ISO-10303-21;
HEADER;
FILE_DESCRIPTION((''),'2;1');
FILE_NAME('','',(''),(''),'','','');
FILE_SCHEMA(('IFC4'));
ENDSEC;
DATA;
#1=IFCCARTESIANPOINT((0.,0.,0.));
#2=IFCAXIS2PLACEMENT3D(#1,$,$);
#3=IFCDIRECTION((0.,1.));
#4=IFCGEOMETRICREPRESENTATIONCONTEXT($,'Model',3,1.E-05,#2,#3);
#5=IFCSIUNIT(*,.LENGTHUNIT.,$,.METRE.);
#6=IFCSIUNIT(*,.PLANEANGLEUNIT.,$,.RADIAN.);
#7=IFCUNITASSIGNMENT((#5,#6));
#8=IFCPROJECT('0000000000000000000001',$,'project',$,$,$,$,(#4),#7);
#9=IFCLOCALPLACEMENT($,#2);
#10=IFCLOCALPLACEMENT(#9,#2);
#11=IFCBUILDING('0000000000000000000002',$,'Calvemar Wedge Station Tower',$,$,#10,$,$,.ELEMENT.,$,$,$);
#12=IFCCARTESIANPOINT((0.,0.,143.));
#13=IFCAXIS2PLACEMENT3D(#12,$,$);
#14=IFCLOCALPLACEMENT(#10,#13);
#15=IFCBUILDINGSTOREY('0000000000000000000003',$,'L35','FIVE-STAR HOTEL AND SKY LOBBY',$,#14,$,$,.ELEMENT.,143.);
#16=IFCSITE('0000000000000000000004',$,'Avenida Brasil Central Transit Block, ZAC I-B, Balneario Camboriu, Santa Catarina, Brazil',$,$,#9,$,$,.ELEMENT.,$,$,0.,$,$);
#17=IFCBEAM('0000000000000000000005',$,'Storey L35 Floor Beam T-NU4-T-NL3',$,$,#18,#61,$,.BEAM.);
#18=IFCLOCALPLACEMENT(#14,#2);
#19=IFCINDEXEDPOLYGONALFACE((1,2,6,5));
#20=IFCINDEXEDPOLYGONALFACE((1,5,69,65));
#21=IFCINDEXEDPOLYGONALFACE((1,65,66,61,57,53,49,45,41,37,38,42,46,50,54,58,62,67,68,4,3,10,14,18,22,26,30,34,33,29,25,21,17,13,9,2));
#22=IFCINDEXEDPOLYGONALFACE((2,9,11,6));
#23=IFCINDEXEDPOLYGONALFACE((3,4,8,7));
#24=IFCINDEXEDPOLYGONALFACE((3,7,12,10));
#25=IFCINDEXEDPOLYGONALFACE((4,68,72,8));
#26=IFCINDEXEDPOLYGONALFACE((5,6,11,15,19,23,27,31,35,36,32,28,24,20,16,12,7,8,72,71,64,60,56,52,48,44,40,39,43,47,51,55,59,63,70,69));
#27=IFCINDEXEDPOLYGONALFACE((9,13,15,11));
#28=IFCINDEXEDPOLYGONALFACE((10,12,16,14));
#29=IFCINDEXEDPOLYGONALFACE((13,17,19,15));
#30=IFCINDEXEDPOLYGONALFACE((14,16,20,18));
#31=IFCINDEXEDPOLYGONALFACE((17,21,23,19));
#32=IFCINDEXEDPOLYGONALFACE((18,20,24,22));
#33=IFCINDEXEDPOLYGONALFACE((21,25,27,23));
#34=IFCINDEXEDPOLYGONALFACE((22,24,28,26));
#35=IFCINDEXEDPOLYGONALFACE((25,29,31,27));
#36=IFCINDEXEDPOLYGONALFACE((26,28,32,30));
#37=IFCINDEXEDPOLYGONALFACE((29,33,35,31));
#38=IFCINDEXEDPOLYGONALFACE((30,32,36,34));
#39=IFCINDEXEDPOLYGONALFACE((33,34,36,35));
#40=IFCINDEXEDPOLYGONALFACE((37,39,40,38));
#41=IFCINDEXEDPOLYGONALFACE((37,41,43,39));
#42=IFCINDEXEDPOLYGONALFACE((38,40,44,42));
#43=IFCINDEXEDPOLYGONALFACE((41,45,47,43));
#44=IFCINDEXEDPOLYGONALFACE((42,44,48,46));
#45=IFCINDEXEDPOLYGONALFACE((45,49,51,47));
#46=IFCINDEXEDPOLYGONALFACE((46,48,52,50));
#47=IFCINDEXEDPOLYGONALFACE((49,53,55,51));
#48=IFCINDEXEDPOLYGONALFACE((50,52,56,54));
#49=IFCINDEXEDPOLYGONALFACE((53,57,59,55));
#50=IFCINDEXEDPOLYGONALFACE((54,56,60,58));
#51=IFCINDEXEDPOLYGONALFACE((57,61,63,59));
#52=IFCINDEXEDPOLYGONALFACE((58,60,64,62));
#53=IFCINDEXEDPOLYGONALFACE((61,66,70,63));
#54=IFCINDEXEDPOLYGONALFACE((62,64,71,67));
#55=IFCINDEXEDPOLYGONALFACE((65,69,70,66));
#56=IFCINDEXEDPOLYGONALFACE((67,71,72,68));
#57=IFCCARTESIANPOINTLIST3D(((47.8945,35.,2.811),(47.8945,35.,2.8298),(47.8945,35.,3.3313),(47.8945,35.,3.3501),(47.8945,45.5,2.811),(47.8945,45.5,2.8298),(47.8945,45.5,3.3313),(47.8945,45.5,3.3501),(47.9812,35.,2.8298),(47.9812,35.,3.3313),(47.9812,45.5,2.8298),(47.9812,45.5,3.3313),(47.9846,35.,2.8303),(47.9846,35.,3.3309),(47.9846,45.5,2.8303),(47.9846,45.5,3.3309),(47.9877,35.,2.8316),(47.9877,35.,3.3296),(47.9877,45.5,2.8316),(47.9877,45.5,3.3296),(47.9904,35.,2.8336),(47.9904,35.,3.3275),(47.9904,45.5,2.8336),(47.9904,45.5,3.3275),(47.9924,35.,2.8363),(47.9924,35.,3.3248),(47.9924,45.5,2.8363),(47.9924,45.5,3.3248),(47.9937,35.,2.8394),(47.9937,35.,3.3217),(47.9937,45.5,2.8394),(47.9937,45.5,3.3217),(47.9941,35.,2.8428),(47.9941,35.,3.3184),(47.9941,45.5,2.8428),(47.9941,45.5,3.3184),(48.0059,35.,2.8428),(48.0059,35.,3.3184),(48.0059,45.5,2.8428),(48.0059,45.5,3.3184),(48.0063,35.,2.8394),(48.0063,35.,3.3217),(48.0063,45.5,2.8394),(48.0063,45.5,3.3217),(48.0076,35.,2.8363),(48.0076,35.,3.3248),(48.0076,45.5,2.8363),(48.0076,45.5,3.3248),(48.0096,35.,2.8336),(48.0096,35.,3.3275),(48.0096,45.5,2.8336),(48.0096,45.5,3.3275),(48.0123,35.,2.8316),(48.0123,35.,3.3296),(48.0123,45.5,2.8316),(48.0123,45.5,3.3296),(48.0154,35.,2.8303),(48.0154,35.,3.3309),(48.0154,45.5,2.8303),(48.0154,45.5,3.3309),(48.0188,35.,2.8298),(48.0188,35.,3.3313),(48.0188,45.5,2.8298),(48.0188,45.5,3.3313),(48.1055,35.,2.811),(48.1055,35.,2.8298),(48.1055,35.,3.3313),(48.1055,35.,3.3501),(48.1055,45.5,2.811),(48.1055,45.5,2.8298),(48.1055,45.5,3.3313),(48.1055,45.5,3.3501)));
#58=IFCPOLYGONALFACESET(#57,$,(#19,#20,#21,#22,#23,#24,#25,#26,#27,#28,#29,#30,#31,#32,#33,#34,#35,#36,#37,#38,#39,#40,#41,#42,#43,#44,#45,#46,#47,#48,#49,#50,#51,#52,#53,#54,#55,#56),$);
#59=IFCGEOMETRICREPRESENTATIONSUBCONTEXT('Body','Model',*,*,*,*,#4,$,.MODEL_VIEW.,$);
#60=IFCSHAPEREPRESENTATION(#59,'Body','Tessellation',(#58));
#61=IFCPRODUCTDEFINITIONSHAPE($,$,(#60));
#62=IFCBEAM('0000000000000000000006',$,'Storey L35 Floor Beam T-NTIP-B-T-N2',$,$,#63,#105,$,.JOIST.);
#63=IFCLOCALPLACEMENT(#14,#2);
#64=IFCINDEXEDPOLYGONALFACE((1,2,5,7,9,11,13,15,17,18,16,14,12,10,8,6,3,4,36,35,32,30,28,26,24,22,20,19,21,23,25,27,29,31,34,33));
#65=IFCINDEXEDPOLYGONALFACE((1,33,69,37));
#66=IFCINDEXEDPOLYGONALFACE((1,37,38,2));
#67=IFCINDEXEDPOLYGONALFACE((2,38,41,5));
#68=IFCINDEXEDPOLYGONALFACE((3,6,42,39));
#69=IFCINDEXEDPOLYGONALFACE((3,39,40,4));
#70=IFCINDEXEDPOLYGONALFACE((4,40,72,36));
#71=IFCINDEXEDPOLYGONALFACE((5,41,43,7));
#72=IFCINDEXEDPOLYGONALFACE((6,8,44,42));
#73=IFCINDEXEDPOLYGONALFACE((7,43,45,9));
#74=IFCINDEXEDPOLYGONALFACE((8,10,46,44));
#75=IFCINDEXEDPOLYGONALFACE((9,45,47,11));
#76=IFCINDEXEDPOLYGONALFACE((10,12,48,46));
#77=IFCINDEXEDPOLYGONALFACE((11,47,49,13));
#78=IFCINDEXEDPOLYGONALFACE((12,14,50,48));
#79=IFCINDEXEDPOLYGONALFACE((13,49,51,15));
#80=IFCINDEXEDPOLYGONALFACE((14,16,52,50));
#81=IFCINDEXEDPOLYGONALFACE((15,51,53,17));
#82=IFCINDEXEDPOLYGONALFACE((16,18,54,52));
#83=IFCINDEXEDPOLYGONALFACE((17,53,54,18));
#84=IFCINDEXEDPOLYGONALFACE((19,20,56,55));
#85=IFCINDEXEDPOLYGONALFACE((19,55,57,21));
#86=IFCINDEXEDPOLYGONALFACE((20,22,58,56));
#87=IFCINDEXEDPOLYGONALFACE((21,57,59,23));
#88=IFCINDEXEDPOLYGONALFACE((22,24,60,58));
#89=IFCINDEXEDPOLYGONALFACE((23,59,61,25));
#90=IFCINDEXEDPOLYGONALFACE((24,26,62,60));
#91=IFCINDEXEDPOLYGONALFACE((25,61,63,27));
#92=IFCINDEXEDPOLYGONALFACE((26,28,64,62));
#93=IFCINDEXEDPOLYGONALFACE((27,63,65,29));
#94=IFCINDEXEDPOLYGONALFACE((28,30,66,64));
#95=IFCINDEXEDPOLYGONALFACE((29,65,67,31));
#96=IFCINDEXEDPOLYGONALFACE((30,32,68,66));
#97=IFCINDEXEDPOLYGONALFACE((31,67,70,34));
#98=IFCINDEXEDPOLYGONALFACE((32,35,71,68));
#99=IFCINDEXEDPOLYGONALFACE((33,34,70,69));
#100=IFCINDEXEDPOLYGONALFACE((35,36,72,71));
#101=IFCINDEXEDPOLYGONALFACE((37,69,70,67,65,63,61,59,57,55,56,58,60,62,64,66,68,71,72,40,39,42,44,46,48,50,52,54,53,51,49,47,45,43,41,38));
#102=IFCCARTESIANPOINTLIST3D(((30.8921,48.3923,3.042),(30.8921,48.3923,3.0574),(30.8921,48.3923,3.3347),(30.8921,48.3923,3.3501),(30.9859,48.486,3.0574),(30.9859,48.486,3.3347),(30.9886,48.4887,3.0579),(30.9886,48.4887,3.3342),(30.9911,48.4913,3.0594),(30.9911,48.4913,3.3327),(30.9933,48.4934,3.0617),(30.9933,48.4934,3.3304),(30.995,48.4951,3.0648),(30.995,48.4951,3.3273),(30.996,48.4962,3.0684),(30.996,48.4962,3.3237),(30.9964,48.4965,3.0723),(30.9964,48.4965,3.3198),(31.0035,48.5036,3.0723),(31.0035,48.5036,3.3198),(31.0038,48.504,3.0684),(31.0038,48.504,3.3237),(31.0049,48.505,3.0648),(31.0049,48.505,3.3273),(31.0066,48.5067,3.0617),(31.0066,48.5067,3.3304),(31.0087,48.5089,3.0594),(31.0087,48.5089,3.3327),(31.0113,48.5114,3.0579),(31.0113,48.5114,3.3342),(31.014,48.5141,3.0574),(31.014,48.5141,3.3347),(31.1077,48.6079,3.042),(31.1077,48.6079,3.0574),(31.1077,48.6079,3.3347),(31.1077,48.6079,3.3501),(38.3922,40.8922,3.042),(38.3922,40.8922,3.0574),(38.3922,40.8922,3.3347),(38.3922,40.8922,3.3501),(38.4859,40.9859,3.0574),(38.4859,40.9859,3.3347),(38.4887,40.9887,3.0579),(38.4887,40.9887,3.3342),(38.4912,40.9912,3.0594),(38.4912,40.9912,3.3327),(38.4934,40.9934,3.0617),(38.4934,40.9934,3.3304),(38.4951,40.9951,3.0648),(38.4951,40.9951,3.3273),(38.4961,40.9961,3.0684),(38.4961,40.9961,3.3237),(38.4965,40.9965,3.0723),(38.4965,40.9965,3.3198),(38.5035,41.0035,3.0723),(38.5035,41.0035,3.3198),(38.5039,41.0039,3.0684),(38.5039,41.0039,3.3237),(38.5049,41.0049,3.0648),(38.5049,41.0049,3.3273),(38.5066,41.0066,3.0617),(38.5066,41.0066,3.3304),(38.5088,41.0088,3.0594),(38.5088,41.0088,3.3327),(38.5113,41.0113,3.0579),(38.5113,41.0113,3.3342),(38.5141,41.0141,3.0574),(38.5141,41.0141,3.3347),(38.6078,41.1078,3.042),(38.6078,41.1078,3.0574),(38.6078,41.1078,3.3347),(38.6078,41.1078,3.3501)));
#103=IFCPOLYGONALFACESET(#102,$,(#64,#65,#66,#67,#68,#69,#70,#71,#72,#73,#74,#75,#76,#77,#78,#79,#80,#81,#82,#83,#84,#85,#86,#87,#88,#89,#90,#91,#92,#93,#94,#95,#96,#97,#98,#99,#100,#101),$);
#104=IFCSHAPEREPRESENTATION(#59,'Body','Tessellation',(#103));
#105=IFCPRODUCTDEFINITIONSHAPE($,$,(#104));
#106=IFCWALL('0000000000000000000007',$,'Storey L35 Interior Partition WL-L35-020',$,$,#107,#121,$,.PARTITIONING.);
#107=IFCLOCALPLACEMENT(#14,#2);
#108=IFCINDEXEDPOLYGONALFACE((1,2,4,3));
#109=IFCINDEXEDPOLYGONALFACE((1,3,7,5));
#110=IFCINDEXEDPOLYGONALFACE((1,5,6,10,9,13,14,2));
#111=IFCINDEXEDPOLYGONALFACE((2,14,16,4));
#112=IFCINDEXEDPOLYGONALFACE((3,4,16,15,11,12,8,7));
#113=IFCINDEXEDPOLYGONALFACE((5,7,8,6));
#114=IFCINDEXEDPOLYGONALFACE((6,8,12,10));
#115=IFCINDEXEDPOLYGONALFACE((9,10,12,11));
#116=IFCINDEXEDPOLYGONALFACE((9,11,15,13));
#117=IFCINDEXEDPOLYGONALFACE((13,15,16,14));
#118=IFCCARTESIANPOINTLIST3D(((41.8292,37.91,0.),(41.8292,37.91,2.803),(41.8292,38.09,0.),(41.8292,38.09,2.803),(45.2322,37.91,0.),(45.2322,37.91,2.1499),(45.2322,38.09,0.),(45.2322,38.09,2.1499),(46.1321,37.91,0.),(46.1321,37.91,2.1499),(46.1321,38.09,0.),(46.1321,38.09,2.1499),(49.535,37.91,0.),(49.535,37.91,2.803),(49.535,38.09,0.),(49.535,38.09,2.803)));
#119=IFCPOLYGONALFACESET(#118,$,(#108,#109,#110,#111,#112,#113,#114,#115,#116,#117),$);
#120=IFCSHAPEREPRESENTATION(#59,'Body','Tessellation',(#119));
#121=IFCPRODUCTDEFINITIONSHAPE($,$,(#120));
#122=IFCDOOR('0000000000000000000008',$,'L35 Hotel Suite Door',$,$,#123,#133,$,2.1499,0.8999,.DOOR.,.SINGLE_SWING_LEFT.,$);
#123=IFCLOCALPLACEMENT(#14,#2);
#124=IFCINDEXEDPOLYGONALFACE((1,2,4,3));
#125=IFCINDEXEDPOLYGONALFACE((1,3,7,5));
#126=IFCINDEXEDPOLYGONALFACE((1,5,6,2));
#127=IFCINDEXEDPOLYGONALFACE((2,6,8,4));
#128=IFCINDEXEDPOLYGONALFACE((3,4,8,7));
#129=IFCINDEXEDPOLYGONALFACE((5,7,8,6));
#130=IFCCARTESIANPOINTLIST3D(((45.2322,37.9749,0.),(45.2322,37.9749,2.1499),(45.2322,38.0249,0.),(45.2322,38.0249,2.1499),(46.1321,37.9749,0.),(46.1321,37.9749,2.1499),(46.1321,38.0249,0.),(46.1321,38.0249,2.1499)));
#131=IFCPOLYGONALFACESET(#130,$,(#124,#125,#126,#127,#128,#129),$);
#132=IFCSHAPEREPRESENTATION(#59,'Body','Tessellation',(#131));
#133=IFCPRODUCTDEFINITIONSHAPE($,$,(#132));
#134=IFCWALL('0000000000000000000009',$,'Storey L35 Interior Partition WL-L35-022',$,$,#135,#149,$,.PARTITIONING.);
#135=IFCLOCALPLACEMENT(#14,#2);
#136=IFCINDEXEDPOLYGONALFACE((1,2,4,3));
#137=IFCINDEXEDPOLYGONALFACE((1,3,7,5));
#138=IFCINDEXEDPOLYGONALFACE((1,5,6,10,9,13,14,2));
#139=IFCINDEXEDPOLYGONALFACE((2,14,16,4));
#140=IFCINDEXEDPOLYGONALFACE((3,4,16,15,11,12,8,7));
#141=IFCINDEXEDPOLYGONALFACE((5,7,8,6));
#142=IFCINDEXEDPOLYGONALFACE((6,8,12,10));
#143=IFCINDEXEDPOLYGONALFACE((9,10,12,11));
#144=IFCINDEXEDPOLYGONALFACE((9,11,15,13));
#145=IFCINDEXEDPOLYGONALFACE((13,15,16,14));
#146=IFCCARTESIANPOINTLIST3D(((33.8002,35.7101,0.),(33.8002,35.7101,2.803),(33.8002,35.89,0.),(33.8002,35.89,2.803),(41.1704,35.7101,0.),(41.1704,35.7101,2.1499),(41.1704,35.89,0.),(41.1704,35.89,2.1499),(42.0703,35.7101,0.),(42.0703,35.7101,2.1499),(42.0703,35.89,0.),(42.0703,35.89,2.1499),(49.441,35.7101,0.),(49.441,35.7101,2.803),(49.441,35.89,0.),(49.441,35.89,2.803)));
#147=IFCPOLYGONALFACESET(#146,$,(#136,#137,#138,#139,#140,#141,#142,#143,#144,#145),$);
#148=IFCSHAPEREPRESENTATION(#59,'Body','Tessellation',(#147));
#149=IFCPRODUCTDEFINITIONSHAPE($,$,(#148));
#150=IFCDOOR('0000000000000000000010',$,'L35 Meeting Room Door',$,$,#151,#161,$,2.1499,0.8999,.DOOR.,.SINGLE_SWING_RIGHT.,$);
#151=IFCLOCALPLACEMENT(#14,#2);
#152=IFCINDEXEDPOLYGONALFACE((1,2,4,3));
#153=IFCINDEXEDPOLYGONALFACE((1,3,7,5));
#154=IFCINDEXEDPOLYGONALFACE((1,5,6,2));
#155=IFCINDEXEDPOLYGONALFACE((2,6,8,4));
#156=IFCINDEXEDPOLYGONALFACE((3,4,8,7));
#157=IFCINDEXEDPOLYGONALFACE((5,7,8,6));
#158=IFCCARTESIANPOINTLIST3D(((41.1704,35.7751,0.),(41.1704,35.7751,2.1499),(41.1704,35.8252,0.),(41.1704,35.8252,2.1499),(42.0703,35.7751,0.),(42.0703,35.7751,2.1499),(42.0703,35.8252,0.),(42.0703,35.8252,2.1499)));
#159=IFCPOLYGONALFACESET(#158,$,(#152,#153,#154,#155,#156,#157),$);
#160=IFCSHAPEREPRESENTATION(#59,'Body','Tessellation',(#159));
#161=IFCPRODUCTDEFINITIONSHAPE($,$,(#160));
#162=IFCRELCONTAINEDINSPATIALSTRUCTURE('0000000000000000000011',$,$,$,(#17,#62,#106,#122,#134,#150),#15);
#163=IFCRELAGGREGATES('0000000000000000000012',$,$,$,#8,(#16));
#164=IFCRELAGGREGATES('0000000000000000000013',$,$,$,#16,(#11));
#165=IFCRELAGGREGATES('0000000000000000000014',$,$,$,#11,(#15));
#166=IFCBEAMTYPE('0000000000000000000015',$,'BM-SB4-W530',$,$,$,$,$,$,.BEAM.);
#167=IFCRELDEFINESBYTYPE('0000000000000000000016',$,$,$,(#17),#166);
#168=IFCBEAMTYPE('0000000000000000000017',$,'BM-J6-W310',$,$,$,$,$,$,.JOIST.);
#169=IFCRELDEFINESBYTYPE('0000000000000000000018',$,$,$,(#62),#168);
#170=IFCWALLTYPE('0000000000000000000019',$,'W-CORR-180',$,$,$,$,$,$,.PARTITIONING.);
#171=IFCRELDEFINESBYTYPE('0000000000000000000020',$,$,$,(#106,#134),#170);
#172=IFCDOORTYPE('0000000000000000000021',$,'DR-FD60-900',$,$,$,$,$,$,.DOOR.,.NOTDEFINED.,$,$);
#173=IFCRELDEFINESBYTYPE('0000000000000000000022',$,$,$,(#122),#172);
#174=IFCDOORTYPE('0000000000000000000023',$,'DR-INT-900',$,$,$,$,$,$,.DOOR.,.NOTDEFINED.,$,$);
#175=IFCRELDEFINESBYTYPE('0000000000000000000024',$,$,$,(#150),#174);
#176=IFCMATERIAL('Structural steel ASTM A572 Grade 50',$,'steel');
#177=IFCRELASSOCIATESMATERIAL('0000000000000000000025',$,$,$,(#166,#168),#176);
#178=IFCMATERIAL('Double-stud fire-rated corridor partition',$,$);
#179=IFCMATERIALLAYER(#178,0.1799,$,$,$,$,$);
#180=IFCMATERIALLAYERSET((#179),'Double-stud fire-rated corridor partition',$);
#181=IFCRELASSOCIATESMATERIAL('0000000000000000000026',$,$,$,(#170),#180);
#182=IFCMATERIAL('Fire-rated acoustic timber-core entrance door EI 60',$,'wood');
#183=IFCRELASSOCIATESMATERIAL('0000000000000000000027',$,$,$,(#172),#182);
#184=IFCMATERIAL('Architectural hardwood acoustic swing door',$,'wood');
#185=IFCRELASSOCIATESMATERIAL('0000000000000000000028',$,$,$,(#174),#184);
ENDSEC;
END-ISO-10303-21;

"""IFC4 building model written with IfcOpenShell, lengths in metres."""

from ifc_helpers import new_model, si_unit, direction, frame, frame_2d, origin, origin_2d, place, context, subcontext, project, spatial, rectangle, i_section, extrude, source, transform, mapped, material, layer, layer_set, material_profile, profile_set, type_object, element, fill, save


model = new_model("IFC4")

# Units and contexts
model_context = context("Model", 3, precision=1e-05, world=origin(), true_north=direction((0.0, 1.0)))
body_context = subcontext(model_context, "Body", "Model", "MODEL_VIEW")
ifc_project = project(units=[si_unit("LENGTHUNIT", "METRE"), si_unit("PLANEANGLEUNIT", "RADIAN")], contexts=[model_context])

# Site, building, storey
site_placement = place(None, origin())
site = spatial("IfcSite", under=ifc_project, at=site_placement, Name="Avenida Brasil Central Transit Block, ZAC I-B, Balneario Camboriu, Santa Catarina, Brazil", CompositionType="ELEMENT", RefElevation=0.0)
building_placement = place(site_placement, origin())
building = spatial("IfcBuilding", under=site, at=building_placement, Name="Calvemar Wedge Station Tower", CompositionType="ELEMENT")
storey_placement = place(building_placement, frame((0.0, 0.0, 143.0)))
storey = spatial("IfcBuildingStorey", under=building, at=storey_placement, Name="L35", Description="FIVE-STAR HOTEL AND SKY LOBBY", CompositionType="ELEMENT", Elevation=143.0)

# Shared definitions
ifc_material_1 = material(Name="Structural steel ASTM A572 Grade 50", Category="steel")

# Beams
ifc_material_profile_1 = material_profile(ifc_material_1, i_section(OverallWidth=0.2109, OverallDepth=0.5391, WebThickness=0.0117, FlangeThickness=0.0188, FilletRadius=0.0129, at=origin_2d()), Name="W530x109")
ifc_profile_set_1 = profile_set([ifc_material_profile_1], Name="Structural steel ASTM A572 Grade 50")
beam_type_1 = type_object("IfcBeamType", Name="BM-SB4-W530", PredefinedType="BEAM", material=ifc_profile_set_1)
shared_shape_1 = source(origin(), body_context, "Body", "SweptSolid", [
    extrude(i_section(OverallWidth=0.2109, OverallDepth=0.5391, WebThickness=0.0117, FlangeThickness=0.0188, FilletRadius=0.0129, at=origin_2d()), origin(), (0.0, 0.0, 1.0), 10.5),
])
beam_1_placement = place(storey_placement, frame((48.0, 45.5, 3.0806), z_axis=(0.0, -1.0, 0.0), x_axis=(1.0, 0.0, 0.0)))
element("IfcBeam", 1, at=beam_1_placement, inside=storey, type_object=beam_type_1, Name="Storey L35 Floor Beam T-NU4-T-NL3", PredefinedType="BEAM", context=body_context, shape_type="MappedRepresentation", body=[
    mapped(shared_shape_1, transform((0.0, 0.0, 0.0), scale=1.0)),
])
ifc_material_profile_2 = material_profile(ifc_material_1, i_section(OverallWidth=0.3049, OverallDepth=0.3081, WebThickness=0.01, FlangeThickness=0.0154, FilletRadius=0.0149, at=origin_2d()), Name="W310x97")
ifc_profile_set_2 = profile_set([ifc_material_profile_2], Name="Structural steel ASTM A572 Grade 50")
beam_type_2 = type_object("IfcBeamType", Name="BM-J6-W310", PredefinedType="JOIST", material=ifc_profile_set_2)
shared_shape_2 = source(origin(), body_context, "Body", "SweptSolid", [
    extrude(i_section(OverallWidth=0.3049, OverallDepth=0.3081, WebThickness=0.01, FlangeThickness=0.0154, FilletRadius=0.0149, at=origin_2d()), origin(), (0.0, 0.0, 1.0), 10.6067),
])
beam_2_placement = place(storey_placement, frame((38.5, 41.0, 3.196), z_axis=(-0.707107, 0.707107, 0.0), x_axis=(-0.707107, -0.707107, 0.0)))
element("IfcBeam", 2, at=beam_2_placement, inside=storey, type_object=beam_type_2, Name="Storey L35 Floor Beam T-NTIP-B-T-N2", PredefinedType="JOIST", context=body_context, shape_type="MappedRepresentation", body=[
    mapped(shared_shape_2, transform((0.0, 0.0, 0.0), scale=1.0)),
])

# Walls, openings, doors
ifc_material_2 = material(Name="Double-stud fire-rated corridor partition")
ifc_layer_1 = layer(ifc_material_2, 0.1799)
ifc_layer_set_1 = layer_set([ifc_layer_1], Name="Double-stud fire-rated corridor partition")
wall_type_1 = type_object("IfcWallType", Name="W-CORR-180", PredefinedType="PARTITIONING", material=ifc_layer_set_1)
wall_1_placement = place(storey_placement, frame((41.8291, 38.0, 0.0), z_axis=(0.0, 0.0, 1.0), x_axis=(1.0, 0.0, 0.0)))
wall_1 = element("IfcWall", 3, at=wall_1_placement, inside=storey, type_object=wall_type_1, Name="Storey L35 Interior Partition WL-L35-020", PredefinedType="PARTITIONING", context=body_context, shape_type="SweptSolid", body=[
    extrude(rectangle(XDim=7.7058, YDim=0.1799, at=frame_2d((3.853, 0.0))), origin(), (0.0, 0.0, 1.0), 2.803),
])
shared_shape_3 = source(origin(), body_context, "Body", "SweptSolid", [
    extrude(rectangle(XDim=0.8999, YDim=2.1499, at=frame_2d((0.45, 1.075))), frame((0.0, 0.1001, 0.0), z_axis=(0.0, -1.0, 0.0), x_axis=(1.0, 0.0, 0.0)), (0.0, 0.0, 1.0), 0.2),
])
opening_1_placement = place(wall_1_placement, frame((3.4031, 0.0, 0.0)))
opening_1 = element("IfcOpeningElement", 4, at=opening_1_placement, cuts=wall_1, PredefinedType="OPENING", context=body_context, shape_type="MappedRepresentation", body=[
    mapped(shared_shape_3, transform((0.0, 0.0, 0.0), scale=1.0)),
])
ifc_material_3 = material(Name="Fire-rated acoustic timber-core entrance door EI 60", Category="wood")
door_type_1 = type_object("IfcDoorType", Name="DR-FD60-900", OperationType="NOTDEFINED", PredefinedType="DOOR", material=ifc_material_3)
shared_shape_4 = source(origin(), body_context, "Body", "SweptSolid", [
    extrude(rectangle(XDim=0.8999, YDim=2.1499, at=frame_2d((0.45, 1.075))), frame((0.0, 0.0249, 0.0), z_axis=(0.0, -1.0, 0.0), x_axis=(1.0, 0.0, 0.0)), (0.0, 0.0, 1.0), 0.05),
])
door_1_placement = place(opening_1_placement, origin())
door_1 = element("IfcDoor", 5, at=door_1_placement, inside=storey, type_object=door_type_1, Name="L35 Hotel Suite Door", OperationType="SINGLE_SWING_LEFT", OverallHeight=2.1499, OverallWidth=0.8999, PredefinedType="DOOR", context=body_context, shape_type="MappedRepresentation", body=[
    mapped(shared_shape_4, transform((0.0, 0.0, 0.0), scale=1.0)),
])
fill(opening_1, door_1)
wall_2_placement = place(storey_placement, frame((49.4409, 35.8, 0.0), z_axis=(0.0, 0.0, 1.0), x_axis=(-1.0, 0.0, 0.0)))
wall_2 = element("IfcWall", 6, at=wall_2_placement, inside=storey, type_object=wall_type_1, Name="Storey L35 Interior Partition WL-L35-022", PredefinedType="PARTITIONING", context=body_context, shape_type="SweptSolid", body=[
    extrude(rectangle(XDim=15.6409, YDim=0.1799, at=frame_2d((7.8203, 0.0))), origin(), (0.0, 0.0, 1.0), 2.803),
])
opening_2_placement = place(wall_2_placement, frame((7.3706, 0.0, 0.0)))
opening_2 = element("IfcOpeningElement", 7, at=opening_2_placement, cuts=wall_2, PredefinedType="OPENING", context=body_context, shape_type="MappedRepresentation", body=[
    mapped(shared_shape_3, transform((0.0, 0.0, 0.0), scale=1.0)),
])
ifc_material_4 = material(Name="Architectural hardwood acoustic swing door", Category="wood")
door_type_2 = type_object("IfcDoorType", Name="DR-INT-900", OperationType="NOTDEFINED", PredefinedType="DOOR", material=ifc_material_4)
shared_shape_5 = source(origin(), body_context, "Body", "SweptSolid", [
    extrude(rectangle(XDim=0.8999, YDim=2.1499, at=frame_2d((0.45, 1.075))), frame((0.0, 0.0249, 0.0), z_axis=(0.0, -1.0, 0.0), x_axis=(1.0, 0.0, 0.0)), (0.0, 0.0, 1.0), 0.05),
])
door_2_placement = place(opening_2_placement, origin())
door_2 = element("IfcDoor", 8, at=door_2_placement, inside=storey, type_object=door_type_2, Name="L35 Meeting Room Door", OperationType="SINGLE_SWING_RIGHT", OverallHeight=2.1499, OverallWidth=0.8999, PredefinedType="DOOR", context=body_context, shape_type="MappedRepresentation", body=[
    mapped(shared_shape_5, transform((0.0, 0.0, 0.0), scale=1.0)),
])
fill(opening_2, door_2)

save(model, "model.ifc")
